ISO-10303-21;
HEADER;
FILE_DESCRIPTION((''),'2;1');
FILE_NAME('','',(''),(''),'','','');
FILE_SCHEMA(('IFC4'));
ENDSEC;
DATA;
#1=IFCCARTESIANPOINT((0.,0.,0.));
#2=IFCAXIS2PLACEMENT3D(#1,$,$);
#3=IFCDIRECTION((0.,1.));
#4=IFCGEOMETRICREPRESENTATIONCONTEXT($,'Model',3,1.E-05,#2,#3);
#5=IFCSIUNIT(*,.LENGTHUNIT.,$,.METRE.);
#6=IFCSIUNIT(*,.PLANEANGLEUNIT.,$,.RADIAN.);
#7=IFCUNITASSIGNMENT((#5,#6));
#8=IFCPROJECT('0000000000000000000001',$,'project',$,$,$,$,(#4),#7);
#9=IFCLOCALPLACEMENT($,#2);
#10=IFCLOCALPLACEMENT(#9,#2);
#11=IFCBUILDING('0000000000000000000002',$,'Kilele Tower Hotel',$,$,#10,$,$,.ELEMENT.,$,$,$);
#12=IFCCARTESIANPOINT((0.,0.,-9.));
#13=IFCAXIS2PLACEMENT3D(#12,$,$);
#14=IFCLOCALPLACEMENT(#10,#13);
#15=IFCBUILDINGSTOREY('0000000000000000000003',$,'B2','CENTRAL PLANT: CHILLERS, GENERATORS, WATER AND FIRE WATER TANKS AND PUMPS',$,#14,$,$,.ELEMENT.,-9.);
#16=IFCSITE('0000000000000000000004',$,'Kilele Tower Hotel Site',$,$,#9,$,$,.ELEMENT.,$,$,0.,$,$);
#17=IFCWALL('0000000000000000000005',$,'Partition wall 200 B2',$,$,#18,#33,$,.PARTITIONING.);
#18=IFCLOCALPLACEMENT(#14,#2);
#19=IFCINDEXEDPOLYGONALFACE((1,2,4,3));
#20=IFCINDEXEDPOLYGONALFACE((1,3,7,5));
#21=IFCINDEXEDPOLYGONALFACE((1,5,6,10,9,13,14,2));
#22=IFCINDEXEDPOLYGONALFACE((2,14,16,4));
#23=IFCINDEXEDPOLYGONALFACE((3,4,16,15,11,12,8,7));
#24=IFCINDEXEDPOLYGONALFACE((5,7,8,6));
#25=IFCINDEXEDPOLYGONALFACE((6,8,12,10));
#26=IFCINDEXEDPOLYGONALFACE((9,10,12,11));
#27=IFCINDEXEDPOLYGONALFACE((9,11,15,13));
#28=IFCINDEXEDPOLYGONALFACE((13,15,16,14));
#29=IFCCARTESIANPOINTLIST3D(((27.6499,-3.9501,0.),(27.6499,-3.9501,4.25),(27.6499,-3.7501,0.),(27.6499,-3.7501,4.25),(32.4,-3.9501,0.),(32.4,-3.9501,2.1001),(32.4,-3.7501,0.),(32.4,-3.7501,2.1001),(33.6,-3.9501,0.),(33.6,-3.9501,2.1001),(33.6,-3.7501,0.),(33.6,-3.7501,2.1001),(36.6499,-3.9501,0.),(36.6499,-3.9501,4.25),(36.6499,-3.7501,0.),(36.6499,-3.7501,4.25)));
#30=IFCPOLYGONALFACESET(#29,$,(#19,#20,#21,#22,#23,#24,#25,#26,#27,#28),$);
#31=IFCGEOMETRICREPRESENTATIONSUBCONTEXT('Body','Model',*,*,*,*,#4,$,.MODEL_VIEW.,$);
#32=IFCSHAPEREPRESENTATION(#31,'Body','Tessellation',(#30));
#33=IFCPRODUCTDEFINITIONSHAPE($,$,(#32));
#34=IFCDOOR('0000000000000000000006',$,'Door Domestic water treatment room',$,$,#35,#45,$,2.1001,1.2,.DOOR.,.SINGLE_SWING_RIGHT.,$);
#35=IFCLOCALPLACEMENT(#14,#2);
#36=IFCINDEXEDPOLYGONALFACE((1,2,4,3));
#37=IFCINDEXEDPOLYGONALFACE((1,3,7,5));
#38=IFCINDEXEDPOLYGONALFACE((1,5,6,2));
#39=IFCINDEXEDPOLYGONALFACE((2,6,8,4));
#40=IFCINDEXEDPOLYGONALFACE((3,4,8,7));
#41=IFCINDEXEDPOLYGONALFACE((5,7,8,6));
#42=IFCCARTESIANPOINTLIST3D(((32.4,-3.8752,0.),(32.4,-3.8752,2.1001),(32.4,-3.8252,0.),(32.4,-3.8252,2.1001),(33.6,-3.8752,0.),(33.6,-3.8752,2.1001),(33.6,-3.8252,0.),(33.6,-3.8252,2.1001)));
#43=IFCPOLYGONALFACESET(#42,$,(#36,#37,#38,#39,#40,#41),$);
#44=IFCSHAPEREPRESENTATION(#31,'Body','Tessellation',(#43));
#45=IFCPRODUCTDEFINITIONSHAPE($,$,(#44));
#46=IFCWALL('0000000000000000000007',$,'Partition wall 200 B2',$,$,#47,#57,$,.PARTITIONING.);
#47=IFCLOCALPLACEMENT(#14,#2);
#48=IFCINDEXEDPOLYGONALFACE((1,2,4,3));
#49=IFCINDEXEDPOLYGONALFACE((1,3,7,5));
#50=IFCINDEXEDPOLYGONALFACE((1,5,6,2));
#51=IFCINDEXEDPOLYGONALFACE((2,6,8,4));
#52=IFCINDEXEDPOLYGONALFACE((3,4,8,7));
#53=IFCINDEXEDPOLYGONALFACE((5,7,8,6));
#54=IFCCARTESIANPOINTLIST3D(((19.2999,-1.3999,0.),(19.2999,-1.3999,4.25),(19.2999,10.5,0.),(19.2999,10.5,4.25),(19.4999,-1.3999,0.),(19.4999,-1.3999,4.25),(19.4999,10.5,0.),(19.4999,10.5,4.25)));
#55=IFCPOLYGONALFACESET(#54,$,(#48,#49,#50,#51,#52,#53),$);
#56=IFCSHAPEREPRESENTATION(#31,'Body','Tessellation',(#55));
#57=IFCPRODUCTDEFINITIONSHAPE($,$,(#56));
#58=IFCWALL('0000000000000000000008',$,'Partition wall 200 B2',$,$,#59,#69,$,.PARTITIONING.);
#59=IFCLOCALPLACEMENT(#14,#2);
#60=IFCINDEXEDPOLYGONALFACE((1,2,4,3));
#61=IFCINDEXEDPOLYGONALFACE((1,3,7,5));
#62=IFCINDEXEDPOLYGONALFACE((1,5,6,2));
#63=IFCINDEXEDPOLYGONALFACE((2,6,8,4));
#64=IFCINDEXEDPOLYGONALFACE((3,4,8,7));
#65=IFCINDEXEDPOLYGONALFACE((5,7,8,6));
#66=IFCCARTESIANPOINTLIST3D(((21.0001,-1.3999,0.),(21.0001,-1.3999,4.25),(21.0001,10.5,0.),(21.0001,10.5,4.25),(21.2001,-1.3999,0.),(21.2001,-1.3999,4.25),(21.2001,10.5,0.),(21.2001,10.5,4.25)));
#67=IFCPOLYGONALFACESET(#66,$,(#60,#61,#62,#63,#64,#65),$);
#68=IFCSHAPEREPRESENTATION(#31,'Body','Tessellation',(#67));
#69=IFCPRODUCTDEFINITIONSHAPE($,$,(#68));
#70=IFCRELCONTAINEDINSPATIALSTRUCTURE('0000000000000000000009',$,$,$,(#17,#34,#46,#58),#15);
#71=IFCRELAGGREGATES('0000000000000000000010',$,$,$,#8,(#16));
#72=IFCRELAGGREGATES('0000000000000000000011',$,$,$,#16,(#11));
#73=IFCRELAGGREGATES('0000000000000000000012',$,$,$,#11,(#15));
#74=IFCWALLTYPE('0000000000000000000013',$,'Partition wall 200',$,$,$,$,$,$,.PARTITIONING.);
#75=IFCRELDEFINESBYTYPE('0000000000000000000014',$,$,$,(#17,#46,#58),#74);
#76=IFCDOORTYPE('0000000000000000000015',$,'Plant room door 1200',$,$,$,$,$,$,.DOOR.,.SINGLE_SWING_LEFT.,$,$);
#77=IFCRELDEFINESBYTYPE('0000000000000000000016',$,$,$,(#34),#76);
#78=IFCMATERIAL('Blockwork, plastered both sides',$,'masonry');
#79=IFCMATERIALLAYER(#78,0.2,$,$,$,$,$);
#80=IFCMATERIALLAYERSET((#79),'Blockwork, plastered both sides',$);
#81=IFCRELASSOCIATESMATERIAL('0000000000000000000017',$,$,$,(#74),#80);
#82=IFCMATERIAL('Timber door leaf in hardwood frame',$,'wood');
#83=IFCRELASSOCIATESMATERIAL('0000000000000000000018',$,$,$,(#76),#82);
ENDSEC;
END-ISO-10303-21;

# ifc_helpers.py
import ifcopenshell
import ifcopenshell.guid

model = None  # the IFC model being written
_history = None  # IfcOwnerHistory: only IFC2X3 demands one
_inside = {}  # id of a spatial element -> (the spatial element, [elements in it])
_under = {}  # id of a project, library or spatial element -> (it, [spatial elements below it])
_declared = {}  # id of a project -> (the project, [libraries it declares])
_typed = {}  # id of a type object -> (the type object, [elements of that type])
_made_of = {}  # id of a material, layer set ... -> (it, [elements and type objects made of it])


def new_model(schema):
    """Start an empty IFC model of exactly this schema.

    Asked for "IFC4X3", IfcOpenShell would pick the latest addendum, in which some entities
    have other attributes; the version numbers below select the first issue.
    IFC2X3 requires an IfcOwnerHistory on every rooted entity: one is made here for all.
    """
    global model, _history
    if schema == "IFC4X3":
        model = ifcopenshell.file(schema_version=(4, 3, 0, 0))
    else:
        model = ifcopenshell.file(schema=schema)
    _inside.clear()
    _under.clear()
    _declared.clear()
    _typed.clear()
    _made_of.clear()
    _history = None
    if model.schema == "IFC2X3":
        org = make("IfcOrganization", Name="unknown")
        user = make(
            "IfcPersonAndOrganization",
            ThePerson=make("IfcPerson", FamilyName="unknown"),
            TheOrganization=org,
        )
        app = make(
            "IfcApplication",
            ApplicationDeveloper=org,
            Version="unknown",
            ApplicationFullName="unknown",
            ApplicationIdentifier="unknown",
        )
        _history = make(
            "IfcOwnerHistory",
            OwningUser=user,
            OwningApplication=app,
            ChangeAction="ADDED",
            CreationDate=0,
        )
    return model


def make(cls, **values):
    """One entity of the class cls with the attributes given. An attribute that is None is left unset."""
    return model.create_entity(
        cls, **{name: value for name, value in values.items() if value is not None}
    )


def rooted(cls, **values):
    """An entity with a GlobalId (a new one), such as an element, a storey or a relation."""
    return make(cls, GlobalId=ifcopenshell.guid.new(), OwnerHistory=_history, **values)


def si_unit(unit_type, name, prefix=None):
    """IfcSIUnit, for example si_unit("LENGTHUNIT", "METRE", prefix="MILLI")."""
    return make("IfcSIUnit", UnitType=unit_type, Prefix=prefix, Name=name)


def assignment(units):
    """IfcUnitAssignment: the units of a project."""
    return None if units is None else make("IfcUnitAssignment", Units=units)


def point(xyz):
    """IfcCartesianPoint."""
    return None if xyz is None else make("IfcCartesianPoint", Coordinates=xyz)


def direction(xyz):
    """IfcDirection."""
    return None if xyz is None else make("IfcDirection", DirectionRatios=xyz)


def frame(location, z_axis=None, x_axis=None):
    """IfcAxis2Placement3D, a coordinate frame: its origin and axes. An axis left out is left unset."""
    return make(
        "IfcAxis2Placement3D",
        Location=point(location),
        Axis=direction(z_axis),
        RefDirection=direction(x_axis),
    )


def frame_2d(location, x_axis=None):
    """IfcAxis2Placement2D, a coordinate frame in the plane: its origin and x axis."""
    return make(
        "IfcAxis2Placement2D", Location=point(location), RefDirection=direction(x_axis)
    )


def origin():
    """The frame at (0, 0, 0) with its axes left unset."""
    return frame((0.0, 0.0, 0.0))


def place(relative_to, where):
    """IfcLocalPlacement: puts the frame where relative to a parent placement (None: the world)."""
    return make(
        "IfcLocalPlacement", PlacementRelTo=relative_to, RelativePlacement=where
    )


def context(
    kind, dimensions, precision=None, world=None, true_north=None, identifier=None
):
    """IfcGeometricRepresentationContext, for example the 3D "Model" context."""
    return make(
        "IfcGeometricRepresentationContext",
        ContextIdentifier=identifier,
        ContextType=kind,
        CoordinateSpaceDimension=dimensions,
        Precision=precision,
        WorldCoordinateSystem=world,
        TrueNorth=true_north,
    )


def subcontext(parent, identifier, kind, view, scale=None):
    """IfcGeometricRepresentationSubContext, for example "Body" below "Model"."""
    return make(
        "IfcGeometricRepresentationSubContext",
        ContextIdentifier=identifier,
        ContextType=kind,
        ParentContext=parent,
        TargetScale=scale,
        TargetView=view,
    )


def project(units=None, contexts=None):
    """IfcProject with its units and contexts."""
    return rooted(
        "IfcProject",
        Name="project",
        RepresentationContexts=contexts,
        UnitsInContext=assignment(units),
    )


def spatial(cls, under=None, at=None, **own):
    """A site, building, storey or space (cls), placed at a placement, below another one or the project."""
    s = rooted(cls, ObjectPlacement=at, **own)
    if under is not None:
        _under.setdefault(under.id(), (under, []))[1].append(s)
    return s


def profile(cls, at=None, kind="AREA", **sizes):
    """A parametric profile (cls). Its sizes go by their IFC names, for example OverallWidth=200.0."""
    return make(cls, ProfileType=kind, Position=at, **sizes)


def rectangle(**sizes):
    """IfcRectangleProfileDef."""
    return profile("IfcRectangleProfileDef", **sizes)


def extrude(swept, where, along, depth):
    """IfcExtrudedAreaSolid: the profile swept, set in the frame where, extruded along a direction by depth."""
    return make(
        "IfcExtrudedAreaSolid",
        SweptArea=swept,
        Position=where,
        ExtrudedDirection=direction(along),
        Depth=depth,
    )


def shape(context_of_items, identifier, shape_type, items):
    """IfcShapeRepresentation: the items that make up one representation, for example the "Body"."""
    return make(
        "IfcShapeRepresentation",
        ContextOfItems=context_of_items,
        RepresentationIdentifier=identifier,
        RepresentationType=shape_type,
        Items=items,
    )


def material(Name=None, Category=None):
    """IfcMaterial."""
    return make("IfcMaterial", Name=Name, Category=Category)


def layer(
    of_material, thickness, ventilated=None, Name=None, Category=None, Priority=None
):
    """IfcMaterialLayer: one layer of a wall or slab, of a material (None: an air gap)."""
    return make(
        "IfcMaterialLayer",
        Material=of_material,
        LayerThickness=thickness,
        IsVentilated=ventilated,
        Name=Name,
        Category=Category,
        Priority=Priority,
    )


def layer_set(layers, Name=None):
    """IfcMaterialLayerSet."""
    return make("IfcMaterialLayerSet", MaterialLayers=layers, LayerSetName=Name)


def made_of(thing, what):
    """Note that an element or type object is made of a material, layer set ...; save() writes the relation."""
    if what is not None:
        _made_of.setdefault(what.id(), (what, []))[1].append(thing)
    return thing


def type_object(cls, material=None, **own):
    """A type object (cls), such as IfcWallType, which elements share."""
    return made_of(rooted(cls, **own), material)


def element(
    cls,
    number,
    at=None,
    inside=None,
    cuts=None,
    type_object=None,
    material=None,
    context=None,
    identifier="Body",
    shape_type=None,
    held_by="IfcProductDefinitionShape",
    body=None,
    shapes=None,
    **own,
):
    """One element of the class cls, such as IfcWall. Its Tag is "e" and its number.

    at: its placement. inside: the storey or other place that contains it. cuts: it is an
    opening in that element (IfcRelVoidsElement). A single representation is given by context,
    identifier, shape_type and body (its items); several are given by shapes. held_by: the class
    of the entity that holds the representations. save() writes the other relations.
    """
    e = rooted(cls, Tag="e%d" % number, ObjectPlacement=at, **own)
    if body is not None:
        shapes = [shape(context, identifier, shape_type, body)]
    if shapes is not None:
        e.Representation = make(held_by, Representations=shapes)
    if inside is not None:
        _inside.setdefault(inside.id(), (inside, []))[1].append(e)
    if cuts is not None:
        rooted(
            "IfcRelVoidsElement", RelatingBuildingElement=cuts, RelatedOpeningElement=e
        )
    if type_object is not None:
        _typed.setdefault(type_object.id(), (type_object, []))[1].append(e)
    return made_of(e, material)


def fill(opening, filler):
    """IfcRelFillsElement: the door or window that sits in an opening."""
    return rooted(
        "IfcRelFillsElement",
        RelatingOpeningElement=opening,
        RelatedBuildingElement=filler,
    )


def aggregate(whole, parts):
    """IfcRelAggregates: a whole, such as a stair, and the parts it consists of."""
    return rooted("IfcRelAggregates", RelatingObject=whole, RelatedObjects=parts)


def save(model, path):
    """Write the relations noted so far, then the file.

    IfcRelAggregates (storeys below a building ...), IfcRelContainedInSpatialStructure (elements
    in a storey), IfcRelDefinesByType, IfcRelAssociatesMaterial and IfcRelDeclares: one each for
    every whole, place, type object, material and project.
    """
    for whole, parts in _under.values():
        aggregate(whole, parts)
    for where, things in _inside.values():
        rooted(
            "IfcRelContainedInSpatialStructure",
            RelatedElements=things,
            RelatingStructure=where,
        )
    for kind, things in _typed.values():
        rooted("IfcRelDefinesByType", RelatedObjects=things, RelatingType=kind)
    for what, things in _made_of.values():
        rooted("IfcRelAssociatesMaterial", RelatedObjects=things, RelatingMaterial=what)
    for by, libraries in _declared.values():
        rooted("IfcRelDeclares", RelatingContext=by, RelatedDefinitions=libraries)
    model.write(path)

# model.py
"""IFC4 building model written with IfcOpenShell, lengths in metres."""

from ifc_helpers import new_model, si_unit, direction, frame, frame_2d, origin, place, context, subcontext, project, spatial, rectangle, extrude, material, layer, layer_set, type_object, element, fill, save


model = new_model("IFC4")

# Units and contexts
model_context = context("Model", 3, precision=1e-05, world=origin(), true_north=direction((0.0, 1.0)))
body_context = subcontext(model_context, "Body", "Model", "MODEL_VIEW")
ifc_project = project(units=[si_unit("LENGTHUNIT", "METRE"), si_unit("PLANEANGLEUNIT", "RADIAN")], contexts=[model_context])

# Site, building, storey
site_placement = place(None, origin())
site = spatial("IfcSite", under=ifc_project, at=site_placement, Name="Kilele Tower Hotel Site", CompositionType="ELEMENT", RefElevation=0.0)
building_placement = place(site_placement, origin())
building = spatial("IfcBuilding", under=site, at=building_placement, Name="Kilele Tower Hotel", CompositionType="ELEMENT")
storey_placement = place(building_placement, frame((0.0, 0.0, -9.0)))
storey = spatial("IfcBuildingStorey", under=building, at=storey_placement, Name="B2", Description="CENTRAL PLANT: CHILLERS, GENERATORS, WATER AND FIRE WATER TANKS AND PUMPS", CompositionType="ELEMENT", Elevation=-9.0)

# Shared definitions
ifc_material_1 = material(Name="Blockwork, plastered both sides", Category="masonry")
ifc_layer_1 = layer(ifc_material_1, 0.2)
ifc_layer_set_1 = layer_set([ifc_layer_1], Name="Blockwork, plastered both sides")
wall_type = type_object("IfcWallType", Name="Partition wall 200", PredefinedType="PARTITIONING", material=ifc_layer_set_1)

# Wall, opening, door
wall_1_placement = place(storey_placement, frame((27.6499, -3.8501, 0.0), z_axis=(0.0, 0.0, 1.0), x_axis=(1.0, 0.0, 0.0)))
wall_1 = element("IfcWall", 1, at=wall_1_placement, inside=storey, type_object=wall_type, Name="Partition wall 200 B2", PredefinedType="PARTITIONING", context=body_context, shape_type="SweptSolid", body=[
    extrude(rectangle(XDim=9.0, YDim=0.2, at=frame_2d((4.5, 0.0))), origin(), (0.0, 0.0, 1.0), 4.25),
])
opening_placement = place(wall_1_placement, frame((4.75, 0.0, 0.0)))
opening = element("IfcOpeningElement", 2, at=opening_placement, cuts=wall_1, PredefinedType="OPENING", context=body_context, shape_type="SweptSolid", body=[
    extrude(rectangle(XDim=1.2, YDim=2.1001, at=frame_2d((0.6001, 1.05))), frame((0.0, 0.1099, 0.0), z_axis=(0.0, -1.0, 0.0), x_axis=(1.0, 0.0, 0.0)), (0.0, 0.0, 1.0), 0.22),
])
ifc_material_2 = material(Name="Timber door leaf in hardwood frame", Category="wood")
door_type = type_object("IfcDoorType", Name="Plant room door 1200", OperationType="SINGLE_SWING_LEFT", PredefinedType="DOOR", material=ifc_material_2)
door_placement = place(opening_placement, origin())
door = element("IfcDoor", 3, at=door_placement, inside=storey, type_object=door_type, Name="Door Domestic water treatment room", OperationType="SINGLE_SWING_RIGHT", OverallHeight=2.1001, OverallWidth=1.2, PredefinedType="DOOR", context=body_context, shape_type="SweptSolid", body=[
    extrude(rectangle(XDim=1.2, YDim=2.1001, at=frame_2d((0.6001, 1.05))), frame((0.0, 0.0249, 0.0), z_axis=(0.0, -1.0, 0.0), x_axis=(1.0, 0.0, 0.0)), (0.0, 0.0, 1.0), 0.05),
])
fill(opening, door)

# Walls
for number, where, z_axis, x_axis, name in (
    (4, (19.3999, -1.3999, 0.0), (0.0, 0.0, 1.0), (0.0, 1.0, 0.0), "Partition wall 200 B2"),
    (5, (21.1001, -1.3999, 0.0), (0.0, 0.0, 1.0), (0.0, 1.0, 0.0), "Partition wall 200 B2"),
):
    element("IfcWall", number, at=place(storey_placement, frame(where, z_axis=z_axis, x_axis=x_axis)), inside=storey, type_object=wall_type, Name=name, PredefinedType="PARTITIONING", context=body_context, shape_type="SweptSolid", body=[
        extrude(rectangle(XDim=11.8999, YDim=0.2, at=frame_2d((5.95, 0.0))), origin(), (0.0, 0.0, 1.0), 4.25),
    ])

save(model, "model.ifc")
